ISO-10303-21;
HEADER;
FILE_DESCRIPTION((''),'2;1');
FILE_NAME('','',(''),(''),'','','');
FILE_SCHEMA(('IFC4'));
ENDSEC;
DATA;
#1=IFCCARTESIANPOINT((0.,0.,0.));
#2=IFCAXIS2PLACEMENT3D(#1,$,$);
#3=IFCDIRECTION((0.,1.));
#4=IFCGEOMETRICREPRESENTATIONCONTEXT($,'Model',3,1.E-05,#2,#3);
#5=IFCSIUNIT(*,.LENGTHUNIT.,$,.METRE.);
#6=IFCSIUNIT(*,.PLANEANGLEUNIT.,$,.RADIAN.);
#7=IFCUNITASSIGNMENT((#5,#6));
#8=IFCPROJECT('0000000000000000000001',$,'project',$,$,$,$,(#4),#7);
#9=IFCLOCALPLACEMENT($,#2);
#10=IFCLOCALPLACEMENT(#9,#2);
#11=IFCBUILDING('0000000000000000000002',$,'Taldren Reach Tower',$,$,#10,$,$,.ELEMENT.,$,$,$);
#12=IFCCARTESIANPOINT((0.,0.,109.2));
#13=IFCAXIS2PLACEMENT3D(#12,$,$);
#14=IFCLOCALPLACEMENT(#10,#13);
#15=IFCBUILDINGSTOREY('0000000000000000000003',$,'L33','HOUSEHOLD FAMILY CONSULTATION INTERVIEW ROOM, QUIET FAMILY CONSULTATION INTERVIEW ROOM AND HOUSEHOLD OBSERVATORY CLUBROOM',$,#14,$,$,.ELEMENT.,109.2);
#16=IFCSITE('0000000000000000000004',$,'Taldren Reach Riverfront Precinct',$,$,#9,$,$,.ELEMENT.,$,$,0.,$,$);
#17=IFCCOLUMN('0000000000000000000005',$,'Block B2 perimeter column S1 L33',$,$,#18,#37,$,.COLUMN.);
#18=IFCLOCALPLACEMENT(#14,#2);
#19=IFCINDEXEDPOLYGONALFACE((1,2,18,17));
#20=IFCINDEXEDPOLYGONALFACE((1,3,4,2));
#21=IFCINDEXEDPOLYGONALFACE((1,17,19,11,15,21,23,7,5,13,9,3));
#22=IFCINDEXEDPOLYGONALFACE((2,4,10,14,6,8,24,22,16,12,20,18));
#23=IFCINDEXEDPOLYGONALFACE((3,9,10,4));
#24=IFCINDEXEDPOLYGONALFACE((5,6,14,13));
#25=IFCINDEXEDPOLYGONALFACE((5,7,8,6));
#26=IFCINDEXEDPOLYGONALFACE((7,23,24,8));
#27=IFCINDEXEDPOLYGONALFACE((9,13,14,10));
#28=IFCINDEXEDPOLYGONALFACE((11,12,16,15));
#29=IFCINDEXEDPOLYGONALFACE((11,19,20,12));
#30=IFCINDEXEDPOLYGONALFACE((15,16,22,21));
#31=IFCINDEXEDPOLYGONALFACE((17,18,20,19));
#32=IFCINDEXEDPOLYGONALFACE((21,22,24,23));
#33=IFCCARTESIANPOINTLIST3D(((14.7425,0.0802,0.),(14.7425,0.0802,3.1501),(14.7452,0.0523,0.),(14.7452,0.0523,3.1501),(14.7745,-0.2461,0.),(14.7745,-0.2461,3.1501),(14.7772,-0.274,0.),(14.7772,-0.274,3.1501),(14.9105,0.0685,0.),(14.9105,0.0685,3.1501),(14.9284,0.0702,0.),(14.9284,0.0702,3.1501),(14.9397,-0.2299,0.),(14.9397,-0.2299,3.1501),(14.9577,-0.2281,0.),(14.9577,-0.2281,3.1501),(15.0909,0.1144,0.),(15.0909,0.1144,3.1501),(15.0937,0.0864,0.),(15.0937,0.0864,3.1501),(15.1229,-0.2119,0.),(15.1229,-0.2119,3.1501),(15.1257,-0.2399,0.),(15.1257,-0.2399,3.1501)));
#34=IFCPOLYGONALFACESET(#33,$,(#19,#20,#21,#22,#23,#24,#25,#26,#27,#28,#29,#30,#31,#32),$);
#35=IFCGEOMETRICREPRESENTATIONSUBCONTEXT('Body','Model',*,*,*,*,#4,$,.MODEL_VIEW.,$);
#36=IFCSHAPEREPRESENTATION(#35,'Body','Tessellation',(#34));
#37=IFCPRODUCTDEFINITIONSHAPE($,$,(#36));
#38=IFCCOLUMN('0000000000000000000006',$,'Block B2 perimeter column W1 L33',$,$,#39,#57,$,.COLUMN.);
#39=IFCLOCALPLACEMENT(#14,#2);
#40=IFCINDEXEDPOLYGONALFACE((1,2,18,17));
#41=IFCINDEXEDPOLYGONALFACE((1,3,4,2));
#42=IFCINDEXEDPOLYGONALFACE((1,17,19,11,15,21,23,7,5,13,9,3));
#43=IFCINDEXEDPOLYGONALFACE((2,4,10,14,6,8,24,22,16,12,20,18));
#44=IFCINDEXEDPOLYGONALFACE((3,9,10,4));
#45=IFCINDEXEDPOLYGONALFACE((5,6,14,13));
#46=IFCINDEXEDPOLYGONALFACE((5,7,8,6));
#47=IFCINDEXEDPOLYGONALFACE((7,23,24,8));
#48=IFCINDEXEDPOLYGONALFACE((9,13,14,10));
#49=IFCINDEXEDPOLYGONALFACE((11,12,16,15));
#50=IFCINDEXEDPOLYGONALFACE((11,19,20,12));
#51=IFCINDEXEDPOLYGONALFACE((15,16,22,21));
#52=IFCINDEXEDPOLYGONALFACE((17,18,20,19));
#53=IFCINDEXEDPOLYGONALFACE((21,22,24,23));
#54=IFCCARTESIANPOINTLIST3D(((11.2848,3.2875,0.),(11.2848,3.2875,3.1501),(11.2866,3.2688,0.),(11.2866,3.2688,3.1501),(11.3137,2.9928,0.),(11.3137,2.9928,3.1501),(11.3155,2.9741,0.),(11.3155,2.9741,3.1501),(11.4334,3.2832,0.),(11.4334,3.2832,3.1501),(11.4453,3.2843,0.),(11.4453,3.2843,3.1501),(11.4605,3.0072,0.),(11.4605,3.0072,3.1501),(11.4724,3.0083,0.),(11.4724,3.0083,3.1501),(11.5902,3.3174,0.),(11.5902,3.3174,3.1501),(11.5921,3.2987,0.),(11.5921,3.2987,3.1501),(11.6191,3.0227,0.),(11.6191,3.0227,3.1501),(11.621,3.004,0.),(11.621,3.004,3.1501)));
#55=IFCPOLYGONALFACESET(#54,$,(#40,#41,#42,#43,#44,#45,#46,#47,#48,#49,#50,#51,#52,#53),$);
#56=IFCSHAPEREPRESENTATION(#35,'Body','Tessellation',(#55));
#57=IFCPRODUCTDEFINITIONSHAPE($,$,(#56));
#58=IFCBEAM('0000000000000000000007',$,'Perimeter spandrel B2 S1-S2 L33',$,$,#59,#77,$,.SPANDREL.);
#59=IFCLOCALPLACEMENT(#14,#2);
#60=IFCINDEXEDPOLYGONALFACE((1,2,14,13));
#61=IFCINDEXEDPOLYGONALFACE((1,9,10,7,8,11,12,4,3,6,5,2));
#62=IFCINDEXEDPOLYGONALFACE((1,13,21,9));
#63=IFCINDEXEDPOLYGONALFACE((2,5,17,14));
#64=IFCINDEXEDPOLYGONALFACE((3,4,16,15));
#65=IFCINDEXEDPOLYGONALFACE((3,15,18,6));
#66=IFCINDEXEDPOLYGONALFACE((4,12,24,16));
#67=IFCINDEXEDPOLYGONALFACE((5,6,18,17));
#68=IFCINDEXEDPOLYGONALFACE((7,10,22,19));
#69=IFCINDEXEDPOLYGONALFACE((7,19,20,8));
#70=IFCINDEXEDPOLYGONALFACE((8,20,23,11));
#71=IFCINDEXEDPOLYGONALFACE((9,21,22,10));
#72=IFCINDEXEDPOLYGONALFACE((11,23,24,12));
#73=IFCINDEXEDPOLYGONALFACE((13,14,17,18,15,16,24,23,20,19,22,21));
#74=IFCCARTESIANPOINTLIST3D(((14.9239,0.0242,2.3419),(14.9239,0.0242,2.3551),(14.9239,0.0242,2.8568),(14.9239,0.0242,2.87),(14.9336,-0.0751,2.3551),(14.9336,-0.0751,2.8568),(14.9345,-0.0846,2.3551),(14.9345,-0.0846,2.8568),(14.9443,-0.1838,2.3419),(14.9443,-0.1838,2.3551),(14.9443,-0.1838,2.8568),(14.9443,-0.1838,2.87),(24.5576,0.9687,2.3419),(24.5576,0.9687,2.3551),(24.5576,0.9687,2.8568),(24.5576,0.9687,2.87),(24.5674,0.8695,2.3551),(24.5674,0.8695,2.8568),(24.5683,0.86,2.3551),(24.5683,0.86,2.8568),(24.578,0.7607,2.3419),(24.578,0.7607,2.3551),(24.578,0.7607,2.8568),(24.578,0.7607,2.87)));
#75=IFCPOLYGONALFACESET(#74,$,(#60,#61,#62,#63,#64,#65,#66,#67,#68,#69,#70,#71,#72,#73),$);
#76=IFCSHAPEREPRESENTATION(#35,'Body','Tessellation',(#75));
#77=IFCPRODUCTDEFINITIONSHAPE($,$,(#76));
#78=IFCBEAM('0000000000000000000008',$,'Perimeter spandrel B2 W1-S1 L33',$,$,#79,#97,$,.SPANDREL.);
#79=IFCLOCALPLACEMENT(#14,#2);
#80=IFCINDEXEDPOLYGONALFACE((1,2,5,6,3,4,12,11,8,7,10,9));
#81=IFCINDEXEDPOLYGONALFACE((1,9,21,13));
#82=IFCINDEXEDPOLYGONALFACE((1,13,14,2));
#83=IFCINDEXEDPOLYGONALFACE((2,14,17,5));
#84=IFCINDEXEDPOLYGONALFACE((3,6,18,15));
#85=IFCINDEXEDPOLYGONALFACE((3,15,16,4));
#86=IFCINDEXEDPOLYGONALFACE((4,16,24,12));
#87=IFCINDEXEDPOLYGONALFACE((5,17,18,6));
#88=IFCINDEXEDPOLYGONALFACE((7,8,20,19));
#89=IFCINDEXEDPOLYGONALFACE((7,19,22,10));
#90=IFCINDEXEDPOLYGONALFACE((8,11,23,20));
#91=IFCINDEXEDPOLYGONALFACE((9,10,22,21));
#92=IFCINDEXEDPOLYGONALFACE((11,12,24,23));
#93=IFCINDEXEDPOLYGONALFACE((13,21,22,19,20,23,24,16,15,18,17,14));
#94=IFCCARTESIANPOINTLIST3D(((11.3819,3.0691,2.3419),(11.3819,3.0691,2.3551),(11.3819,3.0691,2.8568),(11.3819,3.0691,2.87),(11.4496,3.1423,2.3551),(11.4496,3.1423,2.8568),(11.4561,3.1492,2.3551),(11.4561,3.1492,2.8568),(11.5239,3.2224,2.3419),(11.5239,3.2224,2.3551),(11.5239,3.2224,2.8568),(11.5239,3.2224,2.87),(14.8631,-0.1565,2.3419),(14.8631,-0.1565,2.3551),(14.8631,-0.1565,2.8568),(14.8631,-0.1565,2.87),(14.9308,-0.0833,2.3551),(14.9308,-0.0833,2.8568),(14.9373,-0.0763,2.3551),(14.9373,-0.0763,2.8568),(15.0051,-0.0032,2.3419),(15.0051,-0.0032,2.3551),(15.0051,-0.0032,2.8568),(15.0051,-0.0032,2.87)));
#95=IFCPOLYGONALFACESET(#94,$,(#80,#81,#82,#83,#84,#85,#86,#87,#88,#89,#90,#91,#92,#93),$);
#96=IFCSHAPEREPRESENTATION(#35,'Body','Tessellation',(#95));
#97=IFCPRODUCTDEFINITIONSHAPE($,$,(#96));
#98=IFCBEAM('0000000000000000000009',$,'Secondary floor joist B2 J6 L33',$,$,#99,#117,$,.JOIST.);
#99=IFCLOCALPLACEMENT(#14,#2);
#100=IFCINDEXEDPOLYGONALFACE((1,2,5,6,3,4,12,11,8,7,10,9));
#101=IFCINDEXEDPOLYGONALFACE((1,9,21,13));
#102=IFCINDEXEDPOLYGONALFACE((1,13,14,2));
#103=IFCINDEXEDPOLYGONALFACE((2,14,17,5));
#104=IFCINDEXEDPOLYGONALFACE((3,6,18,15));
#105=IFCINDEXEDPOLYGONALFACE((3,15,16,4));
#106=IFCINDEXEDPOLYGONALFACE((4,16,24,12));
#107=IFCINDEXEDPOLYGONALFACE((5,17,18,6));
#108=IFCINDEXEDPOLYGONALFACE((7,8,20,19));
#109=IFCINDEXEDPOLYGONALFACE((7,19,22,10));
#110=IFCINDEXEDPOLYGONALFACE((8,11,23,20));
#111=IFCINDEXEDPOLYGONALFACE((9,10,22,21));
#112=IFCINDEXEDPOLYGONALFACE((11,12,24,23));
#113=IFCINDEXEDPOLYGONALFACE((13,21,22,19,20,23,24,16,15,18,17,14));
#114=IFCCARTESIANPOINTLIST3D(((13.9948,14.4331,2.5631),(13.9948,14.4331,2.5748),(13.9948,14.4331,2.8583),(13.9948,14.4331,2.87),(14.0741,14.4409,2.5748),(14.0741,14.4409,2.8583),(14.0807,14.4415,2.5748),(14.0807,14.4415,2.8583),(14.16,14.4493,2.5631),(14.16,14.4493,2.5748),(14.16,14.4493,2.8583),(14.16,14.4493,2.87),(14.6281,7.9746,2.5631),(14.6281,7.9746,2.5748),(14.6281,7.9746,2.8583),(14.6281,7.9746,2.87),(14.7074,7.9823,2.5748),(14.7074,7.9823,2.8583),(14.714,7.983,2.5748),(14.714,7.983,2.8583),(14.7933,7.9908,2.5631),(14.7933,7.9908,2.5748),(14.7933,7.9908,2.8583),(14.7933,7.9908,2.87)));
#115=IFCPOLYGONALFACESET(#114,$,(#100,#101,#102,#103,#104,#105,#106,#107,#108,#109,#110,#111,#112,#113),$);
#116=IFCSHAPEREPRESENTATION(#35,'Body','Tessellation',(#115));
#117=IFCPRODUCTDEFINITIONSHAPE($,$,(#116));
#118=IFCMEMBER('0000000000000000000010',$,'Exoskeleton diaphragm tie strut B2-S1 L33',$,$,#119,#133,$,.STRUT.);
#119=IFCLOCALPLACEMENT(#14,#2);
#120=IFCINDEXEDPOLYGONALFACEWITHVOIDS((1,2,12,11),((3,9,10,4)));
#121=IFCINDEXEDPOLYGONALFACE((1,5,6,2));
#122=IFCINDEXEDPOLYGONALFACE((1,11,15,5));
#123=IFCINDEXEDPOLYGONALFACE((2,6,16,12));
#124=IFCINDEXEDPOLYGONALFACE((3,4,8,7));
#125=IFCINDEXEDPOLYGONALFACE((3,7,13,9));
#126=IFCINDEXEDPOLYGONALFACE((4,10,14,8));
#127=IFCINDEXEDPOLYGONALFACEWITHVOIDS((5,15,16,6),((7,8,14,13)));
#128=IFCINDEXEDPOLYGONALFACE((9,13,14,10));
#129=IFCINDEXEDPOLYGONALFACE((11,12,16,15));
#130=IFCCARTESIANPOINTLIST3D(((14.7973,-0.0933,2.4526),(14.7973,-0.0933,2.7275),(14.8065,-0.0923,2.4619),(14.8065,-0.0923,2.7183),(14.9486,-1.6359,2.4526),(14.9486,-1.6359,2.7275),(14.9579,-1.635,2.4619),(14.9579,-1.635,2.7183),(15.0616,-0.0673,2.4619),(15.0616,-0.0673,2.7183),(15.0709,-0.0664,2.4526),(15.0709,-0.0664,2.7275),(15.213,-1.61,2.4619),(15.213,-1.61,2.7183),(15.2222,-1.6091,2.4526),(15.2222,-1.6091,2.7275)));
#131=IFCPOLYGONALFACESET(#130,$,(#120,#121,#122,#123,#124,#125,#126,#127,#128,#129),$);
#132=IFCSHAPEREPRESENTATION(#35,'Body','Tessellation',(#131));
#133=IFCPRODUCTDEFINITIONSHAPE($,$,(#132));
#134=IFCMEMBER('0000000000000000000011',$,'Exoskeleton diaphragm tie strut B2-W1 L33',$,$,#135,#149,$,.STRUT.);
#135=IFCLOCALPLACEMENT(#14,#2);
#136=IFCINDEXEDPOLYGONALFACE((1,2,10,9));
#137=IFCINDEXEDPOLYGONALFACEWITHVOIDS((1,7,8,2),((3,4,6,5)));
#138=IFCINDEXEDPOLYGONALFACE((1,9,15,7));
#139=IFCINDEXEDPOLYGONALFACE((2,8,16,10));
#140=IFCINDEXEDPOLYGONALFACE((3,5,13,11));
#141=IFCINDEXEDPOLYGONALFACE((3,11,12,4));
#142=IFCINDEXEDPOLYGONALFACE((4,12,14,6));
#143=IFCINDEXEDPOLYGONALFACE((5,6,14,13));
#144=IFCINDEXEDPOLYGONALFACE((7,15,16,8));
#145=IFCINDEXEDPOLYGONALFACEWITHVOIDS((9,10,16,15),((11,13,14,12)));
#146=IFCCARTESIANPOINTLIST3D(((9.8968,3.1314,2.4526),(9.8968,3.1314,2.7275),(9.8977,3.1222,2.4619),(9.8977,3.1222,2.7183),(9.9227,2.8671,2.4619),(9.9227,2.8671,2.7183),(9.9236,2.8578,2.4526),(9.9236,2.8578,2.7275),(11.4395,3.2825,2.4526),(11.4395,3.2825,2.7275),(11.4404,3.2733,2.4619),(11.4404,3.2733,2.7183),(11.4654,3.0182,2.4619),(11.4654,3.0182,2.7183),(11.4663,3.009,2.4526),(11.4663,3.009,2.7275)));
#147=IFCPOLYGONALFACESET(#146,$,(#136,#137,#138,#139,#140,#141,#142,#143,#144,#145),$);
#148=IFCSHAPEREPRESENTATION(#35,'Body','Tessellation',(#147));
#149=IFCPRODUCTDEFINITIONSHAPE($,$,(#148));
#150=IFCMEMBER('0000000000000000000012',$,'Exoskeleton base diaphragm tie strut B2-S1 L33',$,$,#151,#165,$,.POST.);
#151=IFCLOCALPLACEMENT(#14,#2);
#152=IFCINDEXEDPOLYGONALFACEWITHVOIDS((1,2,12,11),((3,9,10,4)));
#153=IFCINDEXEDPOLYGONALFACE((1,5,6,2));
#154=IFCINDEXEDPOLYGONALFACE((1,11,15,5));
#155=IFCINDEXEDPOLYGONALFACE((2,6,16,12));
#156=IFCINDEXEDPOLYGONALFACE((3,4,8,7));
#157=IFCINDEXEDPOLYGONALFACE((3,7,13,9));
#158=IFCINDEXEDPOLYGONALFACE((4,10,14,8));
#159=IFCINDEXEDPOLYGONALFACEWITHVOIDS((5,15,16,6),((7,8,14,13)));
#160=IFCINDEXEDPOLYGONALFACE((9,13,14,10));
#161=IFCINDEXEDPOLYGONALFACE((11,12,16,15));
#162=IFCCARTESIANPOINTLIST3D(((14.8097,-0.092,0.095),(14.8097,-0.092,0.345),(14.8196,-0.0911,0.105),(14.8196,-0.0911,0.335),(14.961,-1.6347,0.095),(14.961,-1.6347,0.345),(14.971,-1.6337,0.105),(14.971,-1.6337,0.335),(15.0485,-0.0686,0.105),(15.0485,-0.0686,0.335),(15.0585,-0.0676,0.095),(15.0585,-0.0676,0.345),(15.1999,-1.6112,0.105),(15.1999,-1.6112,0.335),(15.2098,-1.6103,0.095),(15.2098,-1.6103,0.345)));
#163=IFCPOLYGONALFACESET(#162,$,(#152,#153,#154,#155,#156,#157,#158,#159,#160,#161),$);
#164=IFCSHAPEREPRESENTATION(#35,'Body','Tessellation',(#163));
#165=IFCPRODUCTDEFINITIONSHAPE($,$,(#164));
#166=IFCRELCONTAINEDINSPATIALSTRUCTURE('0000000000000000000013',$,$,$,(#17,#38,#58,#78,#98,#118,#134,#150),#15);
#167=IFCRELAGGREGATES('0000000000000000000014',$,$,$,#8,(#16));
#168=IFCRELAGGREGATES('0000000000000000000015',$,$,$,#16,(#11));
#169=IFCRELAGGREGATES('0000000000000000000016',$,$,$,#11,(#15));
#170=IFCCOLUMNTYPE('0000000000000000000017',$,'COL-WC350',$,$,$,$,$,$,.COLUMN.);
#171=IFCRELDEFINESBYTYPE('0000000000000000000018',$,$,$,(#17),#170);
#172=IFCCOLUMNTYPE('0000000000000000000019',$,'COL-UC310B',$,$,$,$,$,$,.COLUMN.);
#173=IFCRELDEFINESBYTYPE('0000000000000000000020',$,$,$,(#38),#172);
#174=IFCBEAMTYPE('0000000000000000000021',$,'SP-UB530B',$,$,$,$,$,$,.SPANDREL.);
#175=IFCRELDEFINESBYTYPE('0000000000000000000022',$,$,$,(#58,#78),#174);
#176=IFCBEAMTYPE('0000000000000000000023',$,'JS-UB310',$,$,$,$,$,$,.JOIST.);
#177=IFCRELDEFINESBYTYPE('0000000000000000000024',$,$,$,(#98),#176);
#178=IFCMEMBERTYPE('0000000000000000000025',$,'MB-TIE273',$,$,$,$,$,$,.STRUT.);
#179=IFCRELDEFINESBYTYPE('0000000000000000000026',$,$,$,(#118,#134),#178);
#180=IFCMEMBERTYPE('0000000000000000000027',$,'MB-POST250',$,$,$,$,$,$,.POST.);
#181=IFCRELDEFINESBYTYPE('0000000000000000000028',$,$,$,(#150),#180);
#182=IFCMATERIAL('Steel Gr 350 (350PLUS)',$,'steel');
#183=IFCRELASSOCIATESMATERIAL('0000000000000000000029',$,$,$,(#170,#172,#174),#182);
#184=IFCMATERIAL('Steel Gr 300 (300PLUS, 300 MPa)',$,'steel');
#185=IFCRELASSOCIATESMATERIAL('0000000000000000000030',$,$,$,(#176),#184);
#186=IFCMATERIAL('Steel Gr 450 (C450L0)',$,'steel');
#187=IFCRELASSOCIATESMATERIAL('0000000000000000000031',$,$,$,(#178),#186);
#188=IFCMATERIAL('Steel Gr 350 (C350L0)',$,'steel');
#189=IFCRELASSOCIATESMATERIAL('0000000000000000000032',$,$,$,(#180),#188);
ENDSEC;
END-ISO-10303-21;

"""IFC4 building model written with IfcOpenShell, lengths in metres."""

from ifc_helpers import new_model, si_unit, direction, frame, origin, origin_2d, place, context, subcontext, project, spatial, hollow_rectangle, i_section, extrude, source, transform, mapped, material, material_profile, profile_set, type_object, element, save


model = new_model("IFC4")

# Units and contexts
model_context = context("Model", 3, precision=1e-05, world=origin(), true_north=direction((0.0, 1.0)))
body_context = subcontext(model_context, "Body", "Model", "MODEL_VIEW")
ifc_project = project(units=[si_unit("LENGTHUNIT", "METRE"), si_unit("PLANEANGLEUNIT", "RADIAN")], contexts=[model_context])

# Site, building, storey
site_placement = place(None, origin())
site = spatial("IfcSite", under=ifc_project, at=site_placement, Name="Taldren Reach Riverfront Precinct", CompositionType="ELEMENT", RefElevation=0.0)
building_placement = place(site_placement, origin())
building = spatial("IfcBuilding", under=site, at=building_placement, Name="Taldren Reach Tower", CompositionType="ELEMENT")
storey_placement = place(building_placement, frame((0.0, 0.0, 109.2)))
storey = spatial("IfcBuildingStorey", under=building, at=storey_placement, Name="L33", Description="HOUSEHOLD FAMILY CONSULTATION INTERVIEW ROOM, QUIET FAMILY CONSULTATION INTERVIEW ROOM AND HOUSEHOLD OBSERVATORY CLUBROOM", CompositionType="ELEMENT", Elevation=109.2)

# Columns
ifc_material_1 = material(Name="Steel Gr 350 (350PLUS)", Category="steel")
ifc_material_profile_1 = material_profile(ifc_material_1, i_section(OverallWidth=0.3501, OverallDepth=0.356, WebThickness=0.0181, FlangeThickness=0.0281, at=origin_2d()), Name="350WC197")
ifc_profile_set_1 = profile_set([ifc_material_profile_1], Name="Steel Gr 350 (350PLUS)")
column_type_1 = type_object("IfcColumnType", Name="COL-WC350", PredefinedType="COLUMN", material=ifc_profile_set_1)
shared_shape_1 = source(origin(), body_context, "Body", "SweptSolid", [
    extrude(i_section(OverallWidth=0.3501, OverallDepth=0.356, WebThickness=0.0181, FlangeThickness=0.0281, at=origin_2d()), origin(), (0.0, 0.0, 1.0), 3.1501),
])
column_1_placement = place(storey_placement, frame((14.9341, -0.0798, 0.0), z_axis=(0.0, 0.0, 1.0), x_axis=(0.995227, 0.097583, 0.0)))
element("IfcColumn", 1, at=column_1_placement, inside=storey, type_object=column_type_1, Name="Block B2 perimeter column S1 L33", PredefinedType="COLUMN", context=body_context, shape_type="MappedRepresentation", body=[
    mapped(shared_shape_1, transform((0.0, 0.0, 0.0), scale=1.0)),
])
ifc_material_profile_2 = material_profile(ifc_material_1, i_section(OverallWidth=0.3069, OverallDepth=0.3149, WebThickness=0.012, FlangeThickness=0.0188, at=origin_2d()), Name="310UC118")
ifc_profile_set_2 = profile_set([ifc_material_profile_2], Name="Steel Gr 350 (350PLUS)")
column_type_2 = type_object("IfcColumnType", Name="COL-UC310B", PredefinedType="COLUMN", material=ifc_profile_set_2)
shared_shape_2 = source(origin(), body_context, "Body", "SweptSolid", [
    extrude(i_section(OverallWidth=0.3069, OverallDepth=0.3149, WebThickness=0.012, FlangeThickness=0.0188, at=origin_2d()), origin(), (0.0, 0.0, 1.0), 3.1501),
])
column_2_placement = place(storey_placement, frame((11.4529, 3.1458, 0.0), z_axis=(0.0, 0.0, 1.0), x_axis=(0.995227, 0.097583, 0.0)))
element("IfcColumn", 2, at=column_2_placement, inside=storey, type_object=column_type_2, Name="Block B2 perimeter column W1 L33", PredefinedType="COLUMN", context=body_context, shape_type="MappedRepresentation", body=[
    mapped(shared_shape_2, transform((0.0, 0.0, 0.0), scale=1.0)),
])

# Beams
ifc_material_profile_3 = material_profile(ifc_material_1, i_section(OverallWidth=0.209, OverallDepth=0.5281, WebThickness=0.0095, FlangeThickness=0.0132, at=origin_2d()), Name="530UB82.0")
ifc_profile_set_3 = profile_set([ifc_material_profile_3], Name="Steel Gr 350 (350PLUS)")
beam_type_1 = type_object("IfcBeamType", Name="SP-UB530B", PredefinedType="SPANDREL", material=ifc_profile_set_3)
shared_shape_3 = source(origin(), body_context, "Body", "SweptSolid", [
    extrude(i_section(OverallWidth=0.209, OverallDepth=0.5281, WebThickness=0.0095, FlangeThickness=0.0132, at=origin_2d()), origin(), (0.0, 0.0, 1.0), 9.6799),
])
beam_1_placement = place(storey_placement, frame((14.9341, -0.0798, 2.606), z_axis=(0.995228, 0.097581, 0.0), x_axis=(-0.097581, 0.995228, 0.0)))
element("IfcBeam", 3, at=beam_1_placement, inside=storey, type_object=beam_type_1, Name="Perimeter spandrel B2 S1-S2 L33", PredefinedType="SPANDREL", context=body_context, shape_type="MappedRepresentation", body=[
    mapped(shared_shape_3, transform((0.0, 0.0, 0.0), scale=1.0)),
])
shared_shape_4 = source(origin(), body_context, "Body", "SweptSolid", [
    extrude(i_section(OverallWidth=0.209, OverallDepth=0.5281, WebThickness=0.0095, FlangeThickness=0.0132, at=origin_2d()), origin(), (0.0, 0.0, 1.0), 4.7458),
])
beam_2_placement = place(storey_placement, frame((11.4529, 3.1458, 2.606), z_axis=(0.733524, -0.679663, 0.0), x_axis=(0.679663, 0.733524, 0.0)))
element("IfcBeam", 4, at=beam_2_placement, inside=storey, type_object=beam_type_1, Name="Perimeter spandrel B2 W1-S1 L33", PredefinedType="SPANDREL", context=body_context, shape_type="MappedRepresentation", body=[
    mapped(shared_shape_4, transform((0.0, 0.0, 0.0), scale=1.0)),
])
ifc_material_2 = material(Name="Steel Gr 300 (300PLUS, 300 MPa)", Category="steel")
ifc_material_profile_4 = material_profile(ifc_material_2, i_section(OverallWidth=0.166, OverallDepth=0.3069, WebThickness=0.0066, FlangeThickness=0.0117, at=origin_2d()), Name="310UB46.2")
ifc_profile_set_4 = profile_set([ifc_material_profile_4], Name="Steel Gr 300 (300PLUS, 300 MPa)")
beam_type_2 = type_object("IfcBeamType", Name="JS-UB310", PredefinedType="JOIST", material=ifc_profile_set_4)
shared_shape_5 = source(origin(), body_context, "Body", "SweptSolid", [
    extrude(i_section(OverallWidth=0.166, OverallDepth=0.3069, WebThickness=0.0066, FlangeThickness=0.0117, at=origin_2d()), origin(), (0.0, 0.0, 1.0), 6.4895),
])
beam_3_placement = place(storey_placement, frame((14.7107, 7.9827, 2.7166), z_axis=(-0.097589, 0.995227, 0.0), x_axis=(-0.995227, -0.097589, 0.0)))
element("IfcBeam", 5, at=beam_3_placement, inside=storey, type_object=beam_type_2, Name="Secondary floor joist B2 J6 L33", PredefinedType="JOIST", context=body_context, shape_type="MappedRepresentation", body=[
    mapped(shared_shape_5, transform((0.0, 0.0, 0.0), scale=1.0)),
])

# Members
ifc_material_3 = material(Name="Steel Gr 450 (C450L0)", Category="steel")
ifc_material_profile_5 = material_profile(ifc_material_3, hollow_rectangle(XDim=0.2749, YDim=0.2749, WallThickness=0.0093, at=origin_2d()), Name="275x275x9.3SHS")
ifc_profile_set_5 = profile_set([ifc_material_profile_5], Name="Steel Gr 450 (C450L0)")
member_type_1 = type_object("IfcMemberType", Name="MB-TIE273", PredefinedType="STRUT", material=ifc_profile_set_5)
shared_shape_6 = source(origin(), body_context, "Body", "SweptSolid", [
    extrude(hollow_rectangle(XDim=0.2749, YDim=0.2749, WallThickness=0.0093, at=origin_2d()), origin(), (0.0, 0.0, 1.0), 1.55),
])
for number, where, z_axis, x_axis, name in (
    (6, (14.9341, -0.0798, 2.5901), (0.097648, -0.995221, 0.0), (0.995221, 0.097648, 0.0), "Exoskeleton diaphragm tie strut B2-S1 L33"),
    (7, (11.4529, 3.1458, 2.5901), (-0.995236, -0.097492, 0.0), (0.097492, -0.995236, 0.0), "Exoskeleton diaphragm tie strut B2-W1 L33"),
):
    element("IfcMember", number, at=place(storey_placement, frame(where, z_axis=z_axis, x_axis=x_axis)), inside=storey, type_object=member_type_1, Name=name, PredefinedType="STRUT", context=body_context, shape_type="MappedRepresentation", body=[
        mapped(shared_shape_6, transform((0.0, 0.0, 0.0), scale=1.0)),
    ])
ifc_material_4 = material(Name="Steel Gr 350 (C350L0)", Category="steel")
ifc_material_profile_6 = material_profile(ifc_material_4, hollow_rectangle(XDim=0.25, YDim=0.25, WallThickness=0.01, at=origin_2d()), Name="250x250x10.0SHS")
ifc_profile_set_6 = profile_set([ifc_material_profile_6], Name="Steel Gr 350 (C350L0)")
member_type_2 = type_object("IfcMemberType", Name="MB-POST250", PredefinedType="POST", material=ifc_profile_set_6)
shared_shape_7 = source(origin(), body_context, "Body", "SweptSolid", [
    extrude(hollow_rectangle(XDim=0.25, YDim=0.25, WallThickness=0.01, at=origin_2d()), origin(), (0.0, 0.0, 1.0), 1.55),
])
for number, where, z_axis, x_axis, name in (
    (8, (14.9341, -0.0798, 0.22), (0.097648, -0.995221, 0.0), (0.995221, 0.097648, 0.0), "Exoskeleton base diaphragm tie strut B2-S1 L33"),
):
    element("IfcMember", number, at=place(storey_placement, frame(where, z_axis=z_axis, x_axis=x_axis)), inside=storey, type_object=member_type_2, Name=name, PredefinedType="POST", context=body_context, shape_type="MappedRepresentation", body=[
        mapped(shared_shape_7, transform((0.0, 0.0, 0.0), scale=1.0)),
    ])

save(model, "model.ifc")
